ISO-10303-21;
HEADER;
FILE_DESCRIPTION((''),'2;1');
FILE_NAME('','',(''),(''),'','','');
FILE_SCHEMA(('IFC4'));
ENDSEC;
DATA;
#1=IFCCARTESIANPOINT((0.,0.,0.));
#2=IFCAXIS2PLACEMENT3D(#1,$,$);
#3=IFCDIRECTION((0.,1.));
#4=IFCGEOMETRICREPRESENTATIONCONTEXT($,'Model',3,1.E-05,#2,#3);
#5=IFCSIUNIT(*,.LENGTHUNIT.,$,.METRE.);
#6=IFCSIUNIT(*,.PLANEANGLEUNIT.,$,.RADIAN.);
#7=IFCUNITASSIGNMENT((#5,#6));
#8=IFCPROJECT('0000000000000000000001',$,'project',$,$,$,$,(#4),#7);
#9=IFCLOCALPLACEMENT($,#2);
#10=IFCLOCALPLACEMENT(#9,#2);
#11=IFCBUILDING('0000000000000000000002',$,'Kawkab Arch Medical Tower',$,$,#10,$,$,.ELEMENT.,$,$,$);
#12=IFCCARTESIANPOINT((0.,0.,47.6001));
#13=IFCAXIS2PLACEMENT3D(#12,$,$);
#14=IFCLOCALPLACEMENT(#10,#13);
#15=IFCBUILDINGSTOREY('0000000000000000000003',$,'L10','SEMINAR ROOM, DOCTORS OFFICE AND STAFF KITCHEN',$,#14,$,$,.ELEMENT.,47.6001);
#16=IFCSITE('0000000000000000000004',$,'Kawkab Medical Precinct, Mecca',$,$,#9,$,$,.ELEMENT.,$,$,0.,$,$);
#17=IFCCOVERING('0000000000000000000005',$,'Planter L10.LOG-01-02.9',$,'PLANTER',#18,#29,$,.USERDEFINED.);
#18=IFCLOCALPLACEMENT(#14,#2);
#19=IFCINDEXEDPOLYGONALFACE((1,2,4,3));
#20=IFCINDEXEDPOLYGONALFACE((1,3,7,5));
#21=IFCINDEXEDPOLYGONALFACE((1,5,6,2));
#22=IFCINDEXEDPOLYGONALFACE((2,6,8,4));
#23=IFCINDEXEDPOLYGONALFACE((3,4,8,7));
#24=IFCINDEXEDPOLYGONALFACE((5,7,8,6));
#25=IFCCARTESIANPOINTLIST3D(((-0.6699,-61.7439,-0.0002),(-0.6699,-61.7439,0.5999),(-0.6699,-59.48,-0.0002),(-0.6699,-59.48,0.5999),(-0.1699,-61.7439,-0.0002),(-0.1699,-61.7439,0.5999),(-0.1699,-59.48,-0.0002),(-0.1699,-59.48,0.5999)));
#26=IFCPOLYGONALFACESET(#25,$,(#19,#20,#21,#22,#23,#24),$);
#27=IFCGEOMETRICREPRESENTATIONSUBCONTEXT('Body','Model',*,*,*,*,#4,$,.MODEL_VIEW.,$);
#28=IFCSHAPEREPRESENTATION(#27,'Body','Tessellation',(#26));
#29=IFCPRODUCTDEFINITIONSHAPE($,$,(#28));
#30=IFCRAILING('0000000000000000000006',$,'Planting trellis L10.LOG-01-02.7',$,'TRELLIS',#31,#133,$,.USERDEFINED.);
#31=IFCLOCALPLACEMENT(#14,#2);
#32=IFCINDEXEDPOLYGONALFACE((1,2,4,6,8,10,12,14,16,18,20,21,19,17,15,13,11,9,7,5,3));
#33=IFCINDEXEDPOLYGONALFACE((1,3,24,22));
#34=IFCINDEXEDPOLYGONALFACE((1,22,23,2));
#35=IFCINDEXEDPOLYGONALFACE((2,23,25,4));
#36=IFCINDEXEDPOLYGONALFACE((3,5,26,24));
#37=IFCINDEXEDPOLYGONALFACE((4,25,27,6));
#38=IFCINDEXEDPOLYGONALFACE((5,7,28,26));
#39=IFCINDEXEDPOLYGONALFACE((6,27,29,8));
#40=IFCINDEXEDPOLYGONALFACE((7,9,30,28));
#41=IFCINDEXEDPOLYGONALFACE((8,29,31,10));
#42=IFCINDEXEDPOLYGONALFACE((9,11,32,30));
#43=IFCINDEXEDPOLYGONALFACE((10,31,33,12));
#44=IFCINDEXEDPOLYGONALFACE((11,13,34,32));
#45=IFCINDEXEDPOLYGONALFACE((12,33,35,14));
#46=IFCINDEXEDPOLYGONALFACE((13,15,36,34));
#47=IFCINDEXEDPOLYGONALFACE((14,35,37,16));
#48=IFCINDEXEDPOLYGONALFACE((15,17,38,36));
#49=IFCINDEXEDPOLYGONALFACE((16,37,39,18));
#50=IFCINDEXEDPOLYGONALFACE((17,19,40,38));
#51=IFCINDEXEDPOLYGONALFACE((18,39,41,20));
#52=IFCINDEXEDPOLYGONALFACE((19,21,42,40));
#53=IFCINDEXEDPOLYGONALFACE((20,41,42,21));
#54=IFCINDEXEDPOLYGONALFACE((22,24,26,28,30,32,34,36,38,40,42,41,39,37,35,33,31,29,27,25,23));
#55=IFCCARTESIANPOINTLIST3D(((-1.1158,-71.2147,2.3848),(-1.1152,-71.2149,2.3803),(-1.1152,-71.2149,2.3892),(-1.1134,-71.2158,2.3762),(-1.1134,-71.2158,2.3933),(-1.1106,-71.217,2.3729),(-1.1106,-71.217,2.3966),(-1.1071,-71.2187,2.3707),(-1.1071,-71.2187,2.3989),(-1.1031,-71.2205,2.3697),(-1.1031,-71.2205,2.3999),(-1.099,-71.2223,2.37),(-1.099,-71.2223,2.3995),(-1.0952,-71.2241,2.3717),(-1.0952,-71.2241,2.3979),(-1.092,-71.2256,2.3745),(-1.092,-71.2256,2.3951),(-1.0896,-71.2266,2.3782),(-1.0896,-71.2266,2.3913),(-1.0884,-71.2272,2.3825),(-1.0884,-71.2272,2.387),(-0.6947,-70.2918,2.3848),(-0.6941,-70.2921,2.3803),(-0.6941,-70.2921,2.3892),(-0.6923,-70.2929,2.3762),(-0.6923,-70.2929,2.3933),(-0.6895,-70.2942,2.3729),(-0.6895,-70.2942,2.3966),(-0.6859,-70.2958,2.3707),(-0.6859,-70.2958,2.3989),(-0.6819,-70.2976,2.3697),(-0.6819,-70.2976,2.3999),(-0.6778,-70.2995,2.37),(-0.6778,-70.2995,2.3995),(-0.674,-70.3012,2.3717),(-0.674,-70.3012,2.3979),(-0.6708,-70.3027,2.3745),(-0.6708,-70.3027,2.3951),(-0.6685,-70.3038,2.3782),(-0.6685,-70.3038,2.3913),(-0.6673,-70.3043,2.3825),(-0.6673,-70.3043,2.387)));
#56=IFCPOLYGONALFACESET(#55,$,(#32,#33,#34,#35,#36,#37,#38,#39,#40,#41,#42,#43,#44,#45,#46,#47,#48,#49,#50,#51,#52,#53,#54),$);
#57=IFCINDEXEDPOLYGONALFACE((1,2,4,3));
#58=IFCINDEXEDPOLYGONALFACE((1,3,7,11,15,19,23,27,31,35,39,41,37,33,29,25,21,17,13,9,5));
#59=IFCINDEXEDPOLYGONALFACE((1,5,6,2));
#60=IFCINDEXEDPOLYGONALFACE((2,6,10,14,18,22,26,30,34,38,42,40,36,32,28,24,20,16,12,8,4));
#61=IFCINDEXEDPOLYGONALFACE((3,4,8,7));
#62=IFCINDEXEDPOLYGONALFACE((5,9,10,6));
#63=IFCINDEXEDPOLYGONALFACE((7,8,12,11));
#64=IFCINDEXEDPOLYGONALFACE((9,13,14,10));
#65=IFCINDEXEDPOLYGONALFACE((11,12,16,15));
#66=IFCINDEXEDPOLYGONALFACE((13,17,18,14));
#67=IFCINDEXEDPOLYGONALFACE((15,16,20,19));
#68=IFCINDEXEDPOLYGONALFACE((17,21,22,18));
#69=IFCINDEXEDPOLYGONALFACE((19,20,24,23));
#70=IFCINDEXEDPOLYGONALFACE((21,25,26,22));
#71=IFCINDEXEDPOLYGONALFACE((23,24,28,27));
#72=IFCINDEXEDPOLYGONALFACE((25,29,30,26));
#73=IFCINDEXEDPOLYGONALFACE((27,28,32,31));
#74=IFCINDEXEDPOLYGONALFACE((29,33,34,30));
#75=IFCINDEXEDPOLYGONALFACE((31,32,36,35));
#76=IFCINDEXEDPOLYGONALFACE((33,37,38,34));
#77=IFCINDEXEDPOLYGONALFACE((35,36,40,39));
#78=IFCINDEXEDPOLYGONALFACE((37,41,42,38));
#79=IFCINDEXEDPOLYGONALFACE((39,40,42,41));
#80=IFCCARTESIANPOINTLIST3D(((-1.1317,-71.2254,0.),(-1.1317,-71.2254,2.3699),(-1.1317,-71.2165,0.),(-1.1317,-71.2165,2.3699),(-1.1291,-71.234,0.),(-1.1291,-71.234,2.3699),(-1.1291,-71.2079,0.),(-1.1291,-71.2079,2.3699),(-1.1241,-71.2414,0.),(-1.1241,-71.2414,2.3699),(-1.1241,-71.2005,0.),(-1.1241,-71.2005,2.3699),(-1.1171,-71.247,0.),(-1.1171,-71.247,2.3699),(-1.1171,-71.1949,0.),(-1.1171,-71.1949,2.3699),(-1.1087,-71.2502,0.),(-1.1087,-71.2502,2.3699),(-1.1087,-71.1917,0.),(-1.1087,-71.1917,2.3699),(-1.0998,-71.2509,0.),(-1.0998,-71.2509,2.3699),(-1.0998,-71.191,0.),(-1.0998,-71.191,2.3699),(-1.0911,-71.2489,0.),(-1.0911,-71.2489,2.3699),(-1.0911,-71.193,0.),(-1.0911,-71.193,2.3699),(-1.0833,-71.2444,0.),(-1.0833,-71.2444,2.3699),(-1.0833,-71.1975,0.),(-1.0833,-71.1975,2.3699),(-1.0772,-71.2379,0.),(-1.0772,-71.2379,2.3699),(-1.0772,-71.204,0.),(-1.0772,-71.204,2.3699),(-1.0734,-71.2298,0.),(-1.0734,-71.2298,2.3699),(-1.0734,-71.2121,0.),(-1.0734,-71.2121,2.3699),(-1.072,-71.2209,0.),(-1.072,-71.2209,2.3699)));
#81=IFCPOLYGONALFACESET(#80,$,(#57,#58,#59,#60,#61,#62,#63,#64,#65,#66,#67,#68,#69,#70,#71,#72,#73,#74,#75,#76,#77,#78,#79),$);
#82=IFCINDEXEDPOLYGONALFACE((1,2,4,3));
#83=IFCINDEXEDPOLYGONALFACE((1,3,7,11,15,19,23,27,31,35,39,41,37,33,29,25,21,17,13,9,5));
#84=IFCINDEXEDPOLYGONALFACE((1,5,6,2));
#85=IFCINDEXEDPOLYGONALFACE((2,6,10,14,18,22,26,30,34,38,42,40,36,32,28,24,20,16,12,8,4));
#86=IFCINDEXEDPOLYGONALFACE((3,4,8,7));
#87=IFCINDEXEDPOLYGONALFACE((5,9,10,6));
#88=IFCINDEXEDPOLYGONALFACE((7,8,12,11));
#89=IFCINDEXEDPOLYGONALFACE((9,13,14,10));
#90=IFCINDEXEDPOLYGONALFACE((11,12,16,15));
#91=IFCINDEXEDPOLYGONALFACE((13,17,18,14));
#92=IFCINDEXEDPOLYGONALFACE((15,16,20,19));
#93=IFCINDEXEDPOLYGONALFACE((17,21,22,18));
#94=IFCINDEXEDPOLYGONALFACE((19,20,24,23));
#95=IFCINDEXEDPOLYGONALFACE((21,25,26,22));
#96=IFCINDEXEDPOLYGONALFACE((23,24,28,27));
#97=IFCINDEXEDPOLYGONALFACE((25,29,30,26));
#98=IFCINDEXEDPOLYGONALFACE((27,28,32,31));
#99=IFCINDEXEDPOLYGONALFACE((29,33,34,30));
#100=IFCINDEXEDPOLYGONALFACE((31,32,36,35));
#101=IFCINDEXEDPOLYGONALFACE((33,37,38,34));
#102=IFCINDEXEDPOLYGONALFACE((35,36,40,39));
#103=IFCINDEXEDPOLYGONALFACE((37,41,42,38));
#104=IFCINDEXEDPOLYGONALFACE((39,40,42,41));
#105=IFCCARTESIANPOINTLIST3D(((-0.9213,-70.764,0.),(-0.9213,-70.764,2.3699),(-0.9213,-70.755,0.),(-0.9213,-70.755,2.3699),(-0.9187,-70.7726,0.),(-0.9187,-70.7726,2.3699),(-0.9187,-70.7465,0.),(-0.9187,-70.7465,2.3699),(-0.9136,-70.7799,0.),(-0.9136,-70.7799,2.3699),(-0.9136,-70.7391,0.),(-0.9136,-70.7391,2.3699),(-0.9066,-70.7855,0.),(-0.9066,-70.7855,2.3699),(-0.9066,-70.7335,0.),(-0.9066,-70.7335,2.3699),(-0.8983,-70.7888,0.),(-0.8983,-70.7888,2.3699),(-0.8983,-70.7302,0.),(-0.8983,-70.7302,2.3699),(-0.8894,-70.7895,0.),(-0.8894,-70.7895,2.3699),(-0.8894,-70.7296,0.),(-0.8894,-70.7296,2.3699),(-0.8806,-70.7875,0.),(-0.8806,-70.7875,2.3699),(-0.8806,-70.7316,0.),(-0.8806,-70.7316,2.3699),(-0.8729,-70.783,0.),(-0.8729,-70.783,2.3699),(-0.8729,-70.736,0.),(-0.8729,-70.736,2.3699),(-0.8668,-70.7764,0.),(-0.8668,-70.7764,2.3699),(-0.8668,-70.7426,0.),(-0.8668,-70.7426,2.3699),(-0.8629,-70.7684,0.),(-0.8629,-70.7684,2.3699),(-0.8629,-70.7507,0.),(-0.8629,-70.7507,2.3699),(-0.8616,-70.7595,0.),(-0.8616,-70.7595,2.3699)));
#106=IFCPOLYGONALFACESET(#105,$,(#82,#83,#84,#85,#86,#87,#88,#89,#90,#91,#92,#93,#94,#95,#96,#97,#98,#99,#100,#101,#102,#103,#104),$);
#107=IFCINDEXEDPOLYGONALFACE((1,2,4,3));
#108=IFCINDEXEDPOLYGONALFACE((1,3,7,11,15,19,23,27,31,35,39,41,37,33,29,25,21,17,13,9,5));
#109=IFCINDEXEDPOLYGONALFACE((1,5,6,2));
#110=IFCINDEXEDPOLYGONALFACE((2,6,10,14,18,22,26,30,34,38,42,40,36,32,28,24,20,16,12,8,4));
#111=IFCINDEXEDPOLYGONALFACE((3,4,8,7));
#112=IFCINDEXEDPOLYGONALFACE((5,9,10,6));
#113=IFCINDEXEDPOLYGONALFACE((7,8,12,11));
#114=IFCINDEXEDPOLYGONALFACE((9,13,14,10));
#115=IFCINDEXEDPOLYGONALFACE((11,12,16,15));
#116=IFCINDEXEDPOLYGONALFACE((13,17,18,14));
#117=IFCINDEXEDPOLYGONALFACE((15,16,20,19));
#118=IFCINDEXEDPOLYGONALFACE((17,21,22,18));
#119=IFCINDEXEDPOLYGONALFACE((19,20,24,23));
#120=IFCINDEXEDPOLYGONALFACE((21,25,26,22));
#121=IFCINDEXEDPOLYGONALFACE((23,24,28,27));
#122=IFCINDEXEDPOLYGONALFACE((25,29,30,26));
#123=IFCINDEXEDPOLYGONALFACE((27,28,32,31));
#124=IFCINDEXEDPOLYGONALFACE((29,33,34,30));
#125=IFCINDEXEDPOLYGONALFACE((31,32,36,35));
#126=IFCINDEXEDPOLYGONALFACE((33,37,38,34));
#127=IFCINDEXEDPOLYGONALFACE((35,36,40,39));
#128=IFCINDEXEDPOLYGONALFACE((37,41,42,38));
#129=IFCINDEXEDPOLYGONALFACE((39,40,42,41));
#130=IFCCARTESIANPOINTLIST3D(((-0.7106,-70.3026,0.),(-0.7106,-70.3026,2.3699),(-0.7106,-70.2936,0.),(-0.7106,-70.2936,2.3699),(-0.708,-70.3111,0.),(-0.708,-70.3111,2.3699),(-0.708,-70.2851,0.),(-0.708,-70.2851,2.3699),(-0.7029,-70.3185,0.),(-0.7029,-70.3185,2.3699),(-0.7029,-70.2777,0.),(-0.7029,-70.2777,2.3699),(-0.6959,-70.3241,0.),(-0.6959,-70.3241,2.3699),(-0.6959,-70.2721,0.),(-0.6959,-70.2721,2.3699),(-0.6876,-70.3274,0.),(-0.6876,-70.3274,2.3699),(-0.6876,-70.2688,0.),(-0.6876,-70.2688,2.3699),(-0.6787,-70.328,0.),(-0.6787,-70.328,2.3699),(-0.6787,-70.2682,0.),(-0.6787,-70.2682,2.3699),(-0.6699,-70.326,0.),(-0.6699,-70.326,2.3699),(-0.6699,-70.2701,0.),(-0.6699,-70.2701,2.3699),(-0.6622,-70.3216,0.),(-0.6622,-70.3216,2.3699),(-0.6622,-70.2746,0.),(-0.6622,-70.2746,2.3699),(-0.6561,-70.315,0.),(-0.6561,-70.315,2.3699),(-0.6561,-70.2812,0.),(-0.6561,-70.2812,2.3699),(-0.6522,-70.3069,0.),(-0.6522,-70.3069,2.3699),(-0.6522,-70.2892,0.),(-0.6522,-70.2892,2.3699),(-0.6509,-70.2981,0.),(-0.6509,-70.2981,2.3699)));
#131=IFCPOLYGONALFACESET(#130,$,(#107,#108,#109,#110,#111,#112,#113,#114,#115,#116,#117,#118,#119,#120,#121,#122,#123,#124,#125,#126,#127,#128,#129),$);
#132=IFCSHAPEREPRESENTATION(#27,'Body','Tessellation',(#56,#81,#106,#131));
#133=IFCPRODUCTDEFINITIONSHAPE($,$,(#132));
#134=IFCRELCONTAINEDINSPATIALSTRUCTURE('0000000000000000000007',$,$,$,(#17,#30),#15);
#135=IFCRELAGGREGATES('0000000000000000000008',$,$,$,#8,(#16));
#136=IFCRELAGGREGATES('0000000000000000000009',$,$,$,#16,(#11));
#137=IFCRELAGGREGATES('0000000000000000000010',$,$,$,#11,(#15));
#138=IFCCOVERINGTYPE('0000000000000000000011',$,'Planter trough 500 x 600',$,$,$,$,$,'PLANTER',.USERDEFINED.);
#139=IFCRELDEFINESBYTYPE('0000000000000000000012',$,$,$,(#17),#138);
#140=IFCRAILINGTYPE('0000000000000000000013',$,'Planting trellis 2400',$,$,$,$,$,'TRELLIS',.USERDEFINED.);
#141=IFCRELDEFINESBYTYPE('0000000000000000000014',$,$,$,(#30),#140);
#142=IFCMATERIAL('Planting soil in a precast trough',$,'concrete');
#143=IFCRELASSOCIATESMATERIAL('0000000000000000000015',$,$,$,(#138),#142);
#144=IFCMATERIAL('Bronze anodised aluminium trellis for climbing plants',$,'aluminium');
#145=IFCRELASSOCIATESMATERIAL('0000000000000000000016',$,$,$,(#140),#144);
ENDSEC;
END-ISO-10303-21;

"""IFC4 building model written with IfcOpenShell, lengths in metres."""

from ifc_helpers import new_model, si_unit, direction, frame, origin, origin_2d, place, context, subcontext, project, spatial, rectangle, circle, extrude, material, material_profile, profile_set, type_object, element, save


model = new_model("IFC4")

# Units and contexts
model_context = context("Model", 3, precision=1e-05, world=origin(), true_north=direction((0.0, 1.0)))
body_context = subcontext(model_context, "Body", "Model", "MODEL_VIEW")
ifc_project = project(units=[si_unit("LENGTHUNIT", "METRE"), si_unit("PLANEANGLEUNIT", "RADIAN")], contexts=[model_context])

# Site, building, storey
site_placement = place(None, origin())
site = spatial("IfcSite", under=ifc_project, at=site_placement, Name="Kawkab Medical Precinct, Mecca", CompositionType="ELEMENT", RefElevation=0.0)
building_placement = place(site_placement, origin())
building = spatial("IfcBuilding", under=site, at=building_placement, Name="Kawkab Arch Medical Tower", CompositionType="ELEMENT")
storey_placement = place(building_placement, frame((0.0, 0.0, 47.6001)))
storey = spatial("IfcBuildingStorey", under=building, at=storey_placement, Name="L10", Description="SEMINAR ROOM, DOCTORS OFFICE AND STAFF KITCHEN", CompositionType="ELEMENT", Elevation=47.6001)

# Covering
ifc_material_1 = material(Name="Planting soil in a precast trough", Category="concrete")
ifc_material_profile_1 = material_profile(ifc_material_1, rectangle(XDim=0.5, YDim=0.6001, at=origin_2d()), Name="Trough 500x600")
ifc_profile_set_1 = profile_set([ifc_material_profile_1], Name="Planting soil in a precast trough")
covering_type = type_object("IfcCoveringType", Name="Planter trough 500 x 600", ElementType="PLANTER", PredefinedType="USERDEFINED", material=ifc_profile_set_1)
covering_1_placement = place(storey_placement, frame((-0.4199, -61.7439, 0.2998), z_axis=(0.0, 1.0, 0.0), x_axis=(-1.0, 0.0, 0.0)))
element("IfcCovering", 1, at=covering_1_placement, inside=storey, type_object=covering_type, Name="Planter L10.LOG-01-02.9", ObjectType="PLANTER", PredefinedType="USERDEFINED", context=body_context, shape_type="SweptSolid", body=[
    extrude(rectangle(XDim=0.5, YDim=0.6001, at=origin_2d()), origin(), (0.0, 0.0, 1.0), 2.2639),
])

# Railing
ifc_material_2 = material(Name="Bronze anodised aluminium trellis for climbing plants", Category="aluminium")
railing_type = type_object("IfcRailingType", Name="Planting trellis 2400", ElementType="TRELLIS", PredefinedType="USERDEFINED", material=ifc_material_2)
railing_placement = place(storey_placement, frame((-1.1021, -71.2209, 0.0)))
element("IfcRailing", 2, at=railing_placement, inside=storey, type_object=railing_type, Name="Planting trellis L10.LOG-01-02.7", ObjectType="TRELLIS", PredefinedType="USERDEFINED", context=body_context, shape_type="SweptSolid", body=[
    extrude(circle(Radius=0.0151, at=origin_2d()), frame((0.0, 0.0, 2.3848), z_axis=(0.415162, 0.909747, 0.0), x_axis=(-0.909747, 0.415162, 0.0)), (0.0, 0.0, 1.0), 1.0144),
    extrude(circle(Radius=0.03, at=origin_2d()), origin(), (0.0, 0.0, 1.0), 2.3699),
    extrude(circle(Radius=0.03, at=origin_2d()), frame((0.2104, 0.4614, 0.0)), (0.0, 0.0, 1.0), 2.3699),
    extrude(circle(Radius=0.03, at=origin_2d()), frame((0.4211, 0.9229, 0.0)), (0.0, 0.0, 1.0), 2.3699),
])

save(model, "model.ifc")
